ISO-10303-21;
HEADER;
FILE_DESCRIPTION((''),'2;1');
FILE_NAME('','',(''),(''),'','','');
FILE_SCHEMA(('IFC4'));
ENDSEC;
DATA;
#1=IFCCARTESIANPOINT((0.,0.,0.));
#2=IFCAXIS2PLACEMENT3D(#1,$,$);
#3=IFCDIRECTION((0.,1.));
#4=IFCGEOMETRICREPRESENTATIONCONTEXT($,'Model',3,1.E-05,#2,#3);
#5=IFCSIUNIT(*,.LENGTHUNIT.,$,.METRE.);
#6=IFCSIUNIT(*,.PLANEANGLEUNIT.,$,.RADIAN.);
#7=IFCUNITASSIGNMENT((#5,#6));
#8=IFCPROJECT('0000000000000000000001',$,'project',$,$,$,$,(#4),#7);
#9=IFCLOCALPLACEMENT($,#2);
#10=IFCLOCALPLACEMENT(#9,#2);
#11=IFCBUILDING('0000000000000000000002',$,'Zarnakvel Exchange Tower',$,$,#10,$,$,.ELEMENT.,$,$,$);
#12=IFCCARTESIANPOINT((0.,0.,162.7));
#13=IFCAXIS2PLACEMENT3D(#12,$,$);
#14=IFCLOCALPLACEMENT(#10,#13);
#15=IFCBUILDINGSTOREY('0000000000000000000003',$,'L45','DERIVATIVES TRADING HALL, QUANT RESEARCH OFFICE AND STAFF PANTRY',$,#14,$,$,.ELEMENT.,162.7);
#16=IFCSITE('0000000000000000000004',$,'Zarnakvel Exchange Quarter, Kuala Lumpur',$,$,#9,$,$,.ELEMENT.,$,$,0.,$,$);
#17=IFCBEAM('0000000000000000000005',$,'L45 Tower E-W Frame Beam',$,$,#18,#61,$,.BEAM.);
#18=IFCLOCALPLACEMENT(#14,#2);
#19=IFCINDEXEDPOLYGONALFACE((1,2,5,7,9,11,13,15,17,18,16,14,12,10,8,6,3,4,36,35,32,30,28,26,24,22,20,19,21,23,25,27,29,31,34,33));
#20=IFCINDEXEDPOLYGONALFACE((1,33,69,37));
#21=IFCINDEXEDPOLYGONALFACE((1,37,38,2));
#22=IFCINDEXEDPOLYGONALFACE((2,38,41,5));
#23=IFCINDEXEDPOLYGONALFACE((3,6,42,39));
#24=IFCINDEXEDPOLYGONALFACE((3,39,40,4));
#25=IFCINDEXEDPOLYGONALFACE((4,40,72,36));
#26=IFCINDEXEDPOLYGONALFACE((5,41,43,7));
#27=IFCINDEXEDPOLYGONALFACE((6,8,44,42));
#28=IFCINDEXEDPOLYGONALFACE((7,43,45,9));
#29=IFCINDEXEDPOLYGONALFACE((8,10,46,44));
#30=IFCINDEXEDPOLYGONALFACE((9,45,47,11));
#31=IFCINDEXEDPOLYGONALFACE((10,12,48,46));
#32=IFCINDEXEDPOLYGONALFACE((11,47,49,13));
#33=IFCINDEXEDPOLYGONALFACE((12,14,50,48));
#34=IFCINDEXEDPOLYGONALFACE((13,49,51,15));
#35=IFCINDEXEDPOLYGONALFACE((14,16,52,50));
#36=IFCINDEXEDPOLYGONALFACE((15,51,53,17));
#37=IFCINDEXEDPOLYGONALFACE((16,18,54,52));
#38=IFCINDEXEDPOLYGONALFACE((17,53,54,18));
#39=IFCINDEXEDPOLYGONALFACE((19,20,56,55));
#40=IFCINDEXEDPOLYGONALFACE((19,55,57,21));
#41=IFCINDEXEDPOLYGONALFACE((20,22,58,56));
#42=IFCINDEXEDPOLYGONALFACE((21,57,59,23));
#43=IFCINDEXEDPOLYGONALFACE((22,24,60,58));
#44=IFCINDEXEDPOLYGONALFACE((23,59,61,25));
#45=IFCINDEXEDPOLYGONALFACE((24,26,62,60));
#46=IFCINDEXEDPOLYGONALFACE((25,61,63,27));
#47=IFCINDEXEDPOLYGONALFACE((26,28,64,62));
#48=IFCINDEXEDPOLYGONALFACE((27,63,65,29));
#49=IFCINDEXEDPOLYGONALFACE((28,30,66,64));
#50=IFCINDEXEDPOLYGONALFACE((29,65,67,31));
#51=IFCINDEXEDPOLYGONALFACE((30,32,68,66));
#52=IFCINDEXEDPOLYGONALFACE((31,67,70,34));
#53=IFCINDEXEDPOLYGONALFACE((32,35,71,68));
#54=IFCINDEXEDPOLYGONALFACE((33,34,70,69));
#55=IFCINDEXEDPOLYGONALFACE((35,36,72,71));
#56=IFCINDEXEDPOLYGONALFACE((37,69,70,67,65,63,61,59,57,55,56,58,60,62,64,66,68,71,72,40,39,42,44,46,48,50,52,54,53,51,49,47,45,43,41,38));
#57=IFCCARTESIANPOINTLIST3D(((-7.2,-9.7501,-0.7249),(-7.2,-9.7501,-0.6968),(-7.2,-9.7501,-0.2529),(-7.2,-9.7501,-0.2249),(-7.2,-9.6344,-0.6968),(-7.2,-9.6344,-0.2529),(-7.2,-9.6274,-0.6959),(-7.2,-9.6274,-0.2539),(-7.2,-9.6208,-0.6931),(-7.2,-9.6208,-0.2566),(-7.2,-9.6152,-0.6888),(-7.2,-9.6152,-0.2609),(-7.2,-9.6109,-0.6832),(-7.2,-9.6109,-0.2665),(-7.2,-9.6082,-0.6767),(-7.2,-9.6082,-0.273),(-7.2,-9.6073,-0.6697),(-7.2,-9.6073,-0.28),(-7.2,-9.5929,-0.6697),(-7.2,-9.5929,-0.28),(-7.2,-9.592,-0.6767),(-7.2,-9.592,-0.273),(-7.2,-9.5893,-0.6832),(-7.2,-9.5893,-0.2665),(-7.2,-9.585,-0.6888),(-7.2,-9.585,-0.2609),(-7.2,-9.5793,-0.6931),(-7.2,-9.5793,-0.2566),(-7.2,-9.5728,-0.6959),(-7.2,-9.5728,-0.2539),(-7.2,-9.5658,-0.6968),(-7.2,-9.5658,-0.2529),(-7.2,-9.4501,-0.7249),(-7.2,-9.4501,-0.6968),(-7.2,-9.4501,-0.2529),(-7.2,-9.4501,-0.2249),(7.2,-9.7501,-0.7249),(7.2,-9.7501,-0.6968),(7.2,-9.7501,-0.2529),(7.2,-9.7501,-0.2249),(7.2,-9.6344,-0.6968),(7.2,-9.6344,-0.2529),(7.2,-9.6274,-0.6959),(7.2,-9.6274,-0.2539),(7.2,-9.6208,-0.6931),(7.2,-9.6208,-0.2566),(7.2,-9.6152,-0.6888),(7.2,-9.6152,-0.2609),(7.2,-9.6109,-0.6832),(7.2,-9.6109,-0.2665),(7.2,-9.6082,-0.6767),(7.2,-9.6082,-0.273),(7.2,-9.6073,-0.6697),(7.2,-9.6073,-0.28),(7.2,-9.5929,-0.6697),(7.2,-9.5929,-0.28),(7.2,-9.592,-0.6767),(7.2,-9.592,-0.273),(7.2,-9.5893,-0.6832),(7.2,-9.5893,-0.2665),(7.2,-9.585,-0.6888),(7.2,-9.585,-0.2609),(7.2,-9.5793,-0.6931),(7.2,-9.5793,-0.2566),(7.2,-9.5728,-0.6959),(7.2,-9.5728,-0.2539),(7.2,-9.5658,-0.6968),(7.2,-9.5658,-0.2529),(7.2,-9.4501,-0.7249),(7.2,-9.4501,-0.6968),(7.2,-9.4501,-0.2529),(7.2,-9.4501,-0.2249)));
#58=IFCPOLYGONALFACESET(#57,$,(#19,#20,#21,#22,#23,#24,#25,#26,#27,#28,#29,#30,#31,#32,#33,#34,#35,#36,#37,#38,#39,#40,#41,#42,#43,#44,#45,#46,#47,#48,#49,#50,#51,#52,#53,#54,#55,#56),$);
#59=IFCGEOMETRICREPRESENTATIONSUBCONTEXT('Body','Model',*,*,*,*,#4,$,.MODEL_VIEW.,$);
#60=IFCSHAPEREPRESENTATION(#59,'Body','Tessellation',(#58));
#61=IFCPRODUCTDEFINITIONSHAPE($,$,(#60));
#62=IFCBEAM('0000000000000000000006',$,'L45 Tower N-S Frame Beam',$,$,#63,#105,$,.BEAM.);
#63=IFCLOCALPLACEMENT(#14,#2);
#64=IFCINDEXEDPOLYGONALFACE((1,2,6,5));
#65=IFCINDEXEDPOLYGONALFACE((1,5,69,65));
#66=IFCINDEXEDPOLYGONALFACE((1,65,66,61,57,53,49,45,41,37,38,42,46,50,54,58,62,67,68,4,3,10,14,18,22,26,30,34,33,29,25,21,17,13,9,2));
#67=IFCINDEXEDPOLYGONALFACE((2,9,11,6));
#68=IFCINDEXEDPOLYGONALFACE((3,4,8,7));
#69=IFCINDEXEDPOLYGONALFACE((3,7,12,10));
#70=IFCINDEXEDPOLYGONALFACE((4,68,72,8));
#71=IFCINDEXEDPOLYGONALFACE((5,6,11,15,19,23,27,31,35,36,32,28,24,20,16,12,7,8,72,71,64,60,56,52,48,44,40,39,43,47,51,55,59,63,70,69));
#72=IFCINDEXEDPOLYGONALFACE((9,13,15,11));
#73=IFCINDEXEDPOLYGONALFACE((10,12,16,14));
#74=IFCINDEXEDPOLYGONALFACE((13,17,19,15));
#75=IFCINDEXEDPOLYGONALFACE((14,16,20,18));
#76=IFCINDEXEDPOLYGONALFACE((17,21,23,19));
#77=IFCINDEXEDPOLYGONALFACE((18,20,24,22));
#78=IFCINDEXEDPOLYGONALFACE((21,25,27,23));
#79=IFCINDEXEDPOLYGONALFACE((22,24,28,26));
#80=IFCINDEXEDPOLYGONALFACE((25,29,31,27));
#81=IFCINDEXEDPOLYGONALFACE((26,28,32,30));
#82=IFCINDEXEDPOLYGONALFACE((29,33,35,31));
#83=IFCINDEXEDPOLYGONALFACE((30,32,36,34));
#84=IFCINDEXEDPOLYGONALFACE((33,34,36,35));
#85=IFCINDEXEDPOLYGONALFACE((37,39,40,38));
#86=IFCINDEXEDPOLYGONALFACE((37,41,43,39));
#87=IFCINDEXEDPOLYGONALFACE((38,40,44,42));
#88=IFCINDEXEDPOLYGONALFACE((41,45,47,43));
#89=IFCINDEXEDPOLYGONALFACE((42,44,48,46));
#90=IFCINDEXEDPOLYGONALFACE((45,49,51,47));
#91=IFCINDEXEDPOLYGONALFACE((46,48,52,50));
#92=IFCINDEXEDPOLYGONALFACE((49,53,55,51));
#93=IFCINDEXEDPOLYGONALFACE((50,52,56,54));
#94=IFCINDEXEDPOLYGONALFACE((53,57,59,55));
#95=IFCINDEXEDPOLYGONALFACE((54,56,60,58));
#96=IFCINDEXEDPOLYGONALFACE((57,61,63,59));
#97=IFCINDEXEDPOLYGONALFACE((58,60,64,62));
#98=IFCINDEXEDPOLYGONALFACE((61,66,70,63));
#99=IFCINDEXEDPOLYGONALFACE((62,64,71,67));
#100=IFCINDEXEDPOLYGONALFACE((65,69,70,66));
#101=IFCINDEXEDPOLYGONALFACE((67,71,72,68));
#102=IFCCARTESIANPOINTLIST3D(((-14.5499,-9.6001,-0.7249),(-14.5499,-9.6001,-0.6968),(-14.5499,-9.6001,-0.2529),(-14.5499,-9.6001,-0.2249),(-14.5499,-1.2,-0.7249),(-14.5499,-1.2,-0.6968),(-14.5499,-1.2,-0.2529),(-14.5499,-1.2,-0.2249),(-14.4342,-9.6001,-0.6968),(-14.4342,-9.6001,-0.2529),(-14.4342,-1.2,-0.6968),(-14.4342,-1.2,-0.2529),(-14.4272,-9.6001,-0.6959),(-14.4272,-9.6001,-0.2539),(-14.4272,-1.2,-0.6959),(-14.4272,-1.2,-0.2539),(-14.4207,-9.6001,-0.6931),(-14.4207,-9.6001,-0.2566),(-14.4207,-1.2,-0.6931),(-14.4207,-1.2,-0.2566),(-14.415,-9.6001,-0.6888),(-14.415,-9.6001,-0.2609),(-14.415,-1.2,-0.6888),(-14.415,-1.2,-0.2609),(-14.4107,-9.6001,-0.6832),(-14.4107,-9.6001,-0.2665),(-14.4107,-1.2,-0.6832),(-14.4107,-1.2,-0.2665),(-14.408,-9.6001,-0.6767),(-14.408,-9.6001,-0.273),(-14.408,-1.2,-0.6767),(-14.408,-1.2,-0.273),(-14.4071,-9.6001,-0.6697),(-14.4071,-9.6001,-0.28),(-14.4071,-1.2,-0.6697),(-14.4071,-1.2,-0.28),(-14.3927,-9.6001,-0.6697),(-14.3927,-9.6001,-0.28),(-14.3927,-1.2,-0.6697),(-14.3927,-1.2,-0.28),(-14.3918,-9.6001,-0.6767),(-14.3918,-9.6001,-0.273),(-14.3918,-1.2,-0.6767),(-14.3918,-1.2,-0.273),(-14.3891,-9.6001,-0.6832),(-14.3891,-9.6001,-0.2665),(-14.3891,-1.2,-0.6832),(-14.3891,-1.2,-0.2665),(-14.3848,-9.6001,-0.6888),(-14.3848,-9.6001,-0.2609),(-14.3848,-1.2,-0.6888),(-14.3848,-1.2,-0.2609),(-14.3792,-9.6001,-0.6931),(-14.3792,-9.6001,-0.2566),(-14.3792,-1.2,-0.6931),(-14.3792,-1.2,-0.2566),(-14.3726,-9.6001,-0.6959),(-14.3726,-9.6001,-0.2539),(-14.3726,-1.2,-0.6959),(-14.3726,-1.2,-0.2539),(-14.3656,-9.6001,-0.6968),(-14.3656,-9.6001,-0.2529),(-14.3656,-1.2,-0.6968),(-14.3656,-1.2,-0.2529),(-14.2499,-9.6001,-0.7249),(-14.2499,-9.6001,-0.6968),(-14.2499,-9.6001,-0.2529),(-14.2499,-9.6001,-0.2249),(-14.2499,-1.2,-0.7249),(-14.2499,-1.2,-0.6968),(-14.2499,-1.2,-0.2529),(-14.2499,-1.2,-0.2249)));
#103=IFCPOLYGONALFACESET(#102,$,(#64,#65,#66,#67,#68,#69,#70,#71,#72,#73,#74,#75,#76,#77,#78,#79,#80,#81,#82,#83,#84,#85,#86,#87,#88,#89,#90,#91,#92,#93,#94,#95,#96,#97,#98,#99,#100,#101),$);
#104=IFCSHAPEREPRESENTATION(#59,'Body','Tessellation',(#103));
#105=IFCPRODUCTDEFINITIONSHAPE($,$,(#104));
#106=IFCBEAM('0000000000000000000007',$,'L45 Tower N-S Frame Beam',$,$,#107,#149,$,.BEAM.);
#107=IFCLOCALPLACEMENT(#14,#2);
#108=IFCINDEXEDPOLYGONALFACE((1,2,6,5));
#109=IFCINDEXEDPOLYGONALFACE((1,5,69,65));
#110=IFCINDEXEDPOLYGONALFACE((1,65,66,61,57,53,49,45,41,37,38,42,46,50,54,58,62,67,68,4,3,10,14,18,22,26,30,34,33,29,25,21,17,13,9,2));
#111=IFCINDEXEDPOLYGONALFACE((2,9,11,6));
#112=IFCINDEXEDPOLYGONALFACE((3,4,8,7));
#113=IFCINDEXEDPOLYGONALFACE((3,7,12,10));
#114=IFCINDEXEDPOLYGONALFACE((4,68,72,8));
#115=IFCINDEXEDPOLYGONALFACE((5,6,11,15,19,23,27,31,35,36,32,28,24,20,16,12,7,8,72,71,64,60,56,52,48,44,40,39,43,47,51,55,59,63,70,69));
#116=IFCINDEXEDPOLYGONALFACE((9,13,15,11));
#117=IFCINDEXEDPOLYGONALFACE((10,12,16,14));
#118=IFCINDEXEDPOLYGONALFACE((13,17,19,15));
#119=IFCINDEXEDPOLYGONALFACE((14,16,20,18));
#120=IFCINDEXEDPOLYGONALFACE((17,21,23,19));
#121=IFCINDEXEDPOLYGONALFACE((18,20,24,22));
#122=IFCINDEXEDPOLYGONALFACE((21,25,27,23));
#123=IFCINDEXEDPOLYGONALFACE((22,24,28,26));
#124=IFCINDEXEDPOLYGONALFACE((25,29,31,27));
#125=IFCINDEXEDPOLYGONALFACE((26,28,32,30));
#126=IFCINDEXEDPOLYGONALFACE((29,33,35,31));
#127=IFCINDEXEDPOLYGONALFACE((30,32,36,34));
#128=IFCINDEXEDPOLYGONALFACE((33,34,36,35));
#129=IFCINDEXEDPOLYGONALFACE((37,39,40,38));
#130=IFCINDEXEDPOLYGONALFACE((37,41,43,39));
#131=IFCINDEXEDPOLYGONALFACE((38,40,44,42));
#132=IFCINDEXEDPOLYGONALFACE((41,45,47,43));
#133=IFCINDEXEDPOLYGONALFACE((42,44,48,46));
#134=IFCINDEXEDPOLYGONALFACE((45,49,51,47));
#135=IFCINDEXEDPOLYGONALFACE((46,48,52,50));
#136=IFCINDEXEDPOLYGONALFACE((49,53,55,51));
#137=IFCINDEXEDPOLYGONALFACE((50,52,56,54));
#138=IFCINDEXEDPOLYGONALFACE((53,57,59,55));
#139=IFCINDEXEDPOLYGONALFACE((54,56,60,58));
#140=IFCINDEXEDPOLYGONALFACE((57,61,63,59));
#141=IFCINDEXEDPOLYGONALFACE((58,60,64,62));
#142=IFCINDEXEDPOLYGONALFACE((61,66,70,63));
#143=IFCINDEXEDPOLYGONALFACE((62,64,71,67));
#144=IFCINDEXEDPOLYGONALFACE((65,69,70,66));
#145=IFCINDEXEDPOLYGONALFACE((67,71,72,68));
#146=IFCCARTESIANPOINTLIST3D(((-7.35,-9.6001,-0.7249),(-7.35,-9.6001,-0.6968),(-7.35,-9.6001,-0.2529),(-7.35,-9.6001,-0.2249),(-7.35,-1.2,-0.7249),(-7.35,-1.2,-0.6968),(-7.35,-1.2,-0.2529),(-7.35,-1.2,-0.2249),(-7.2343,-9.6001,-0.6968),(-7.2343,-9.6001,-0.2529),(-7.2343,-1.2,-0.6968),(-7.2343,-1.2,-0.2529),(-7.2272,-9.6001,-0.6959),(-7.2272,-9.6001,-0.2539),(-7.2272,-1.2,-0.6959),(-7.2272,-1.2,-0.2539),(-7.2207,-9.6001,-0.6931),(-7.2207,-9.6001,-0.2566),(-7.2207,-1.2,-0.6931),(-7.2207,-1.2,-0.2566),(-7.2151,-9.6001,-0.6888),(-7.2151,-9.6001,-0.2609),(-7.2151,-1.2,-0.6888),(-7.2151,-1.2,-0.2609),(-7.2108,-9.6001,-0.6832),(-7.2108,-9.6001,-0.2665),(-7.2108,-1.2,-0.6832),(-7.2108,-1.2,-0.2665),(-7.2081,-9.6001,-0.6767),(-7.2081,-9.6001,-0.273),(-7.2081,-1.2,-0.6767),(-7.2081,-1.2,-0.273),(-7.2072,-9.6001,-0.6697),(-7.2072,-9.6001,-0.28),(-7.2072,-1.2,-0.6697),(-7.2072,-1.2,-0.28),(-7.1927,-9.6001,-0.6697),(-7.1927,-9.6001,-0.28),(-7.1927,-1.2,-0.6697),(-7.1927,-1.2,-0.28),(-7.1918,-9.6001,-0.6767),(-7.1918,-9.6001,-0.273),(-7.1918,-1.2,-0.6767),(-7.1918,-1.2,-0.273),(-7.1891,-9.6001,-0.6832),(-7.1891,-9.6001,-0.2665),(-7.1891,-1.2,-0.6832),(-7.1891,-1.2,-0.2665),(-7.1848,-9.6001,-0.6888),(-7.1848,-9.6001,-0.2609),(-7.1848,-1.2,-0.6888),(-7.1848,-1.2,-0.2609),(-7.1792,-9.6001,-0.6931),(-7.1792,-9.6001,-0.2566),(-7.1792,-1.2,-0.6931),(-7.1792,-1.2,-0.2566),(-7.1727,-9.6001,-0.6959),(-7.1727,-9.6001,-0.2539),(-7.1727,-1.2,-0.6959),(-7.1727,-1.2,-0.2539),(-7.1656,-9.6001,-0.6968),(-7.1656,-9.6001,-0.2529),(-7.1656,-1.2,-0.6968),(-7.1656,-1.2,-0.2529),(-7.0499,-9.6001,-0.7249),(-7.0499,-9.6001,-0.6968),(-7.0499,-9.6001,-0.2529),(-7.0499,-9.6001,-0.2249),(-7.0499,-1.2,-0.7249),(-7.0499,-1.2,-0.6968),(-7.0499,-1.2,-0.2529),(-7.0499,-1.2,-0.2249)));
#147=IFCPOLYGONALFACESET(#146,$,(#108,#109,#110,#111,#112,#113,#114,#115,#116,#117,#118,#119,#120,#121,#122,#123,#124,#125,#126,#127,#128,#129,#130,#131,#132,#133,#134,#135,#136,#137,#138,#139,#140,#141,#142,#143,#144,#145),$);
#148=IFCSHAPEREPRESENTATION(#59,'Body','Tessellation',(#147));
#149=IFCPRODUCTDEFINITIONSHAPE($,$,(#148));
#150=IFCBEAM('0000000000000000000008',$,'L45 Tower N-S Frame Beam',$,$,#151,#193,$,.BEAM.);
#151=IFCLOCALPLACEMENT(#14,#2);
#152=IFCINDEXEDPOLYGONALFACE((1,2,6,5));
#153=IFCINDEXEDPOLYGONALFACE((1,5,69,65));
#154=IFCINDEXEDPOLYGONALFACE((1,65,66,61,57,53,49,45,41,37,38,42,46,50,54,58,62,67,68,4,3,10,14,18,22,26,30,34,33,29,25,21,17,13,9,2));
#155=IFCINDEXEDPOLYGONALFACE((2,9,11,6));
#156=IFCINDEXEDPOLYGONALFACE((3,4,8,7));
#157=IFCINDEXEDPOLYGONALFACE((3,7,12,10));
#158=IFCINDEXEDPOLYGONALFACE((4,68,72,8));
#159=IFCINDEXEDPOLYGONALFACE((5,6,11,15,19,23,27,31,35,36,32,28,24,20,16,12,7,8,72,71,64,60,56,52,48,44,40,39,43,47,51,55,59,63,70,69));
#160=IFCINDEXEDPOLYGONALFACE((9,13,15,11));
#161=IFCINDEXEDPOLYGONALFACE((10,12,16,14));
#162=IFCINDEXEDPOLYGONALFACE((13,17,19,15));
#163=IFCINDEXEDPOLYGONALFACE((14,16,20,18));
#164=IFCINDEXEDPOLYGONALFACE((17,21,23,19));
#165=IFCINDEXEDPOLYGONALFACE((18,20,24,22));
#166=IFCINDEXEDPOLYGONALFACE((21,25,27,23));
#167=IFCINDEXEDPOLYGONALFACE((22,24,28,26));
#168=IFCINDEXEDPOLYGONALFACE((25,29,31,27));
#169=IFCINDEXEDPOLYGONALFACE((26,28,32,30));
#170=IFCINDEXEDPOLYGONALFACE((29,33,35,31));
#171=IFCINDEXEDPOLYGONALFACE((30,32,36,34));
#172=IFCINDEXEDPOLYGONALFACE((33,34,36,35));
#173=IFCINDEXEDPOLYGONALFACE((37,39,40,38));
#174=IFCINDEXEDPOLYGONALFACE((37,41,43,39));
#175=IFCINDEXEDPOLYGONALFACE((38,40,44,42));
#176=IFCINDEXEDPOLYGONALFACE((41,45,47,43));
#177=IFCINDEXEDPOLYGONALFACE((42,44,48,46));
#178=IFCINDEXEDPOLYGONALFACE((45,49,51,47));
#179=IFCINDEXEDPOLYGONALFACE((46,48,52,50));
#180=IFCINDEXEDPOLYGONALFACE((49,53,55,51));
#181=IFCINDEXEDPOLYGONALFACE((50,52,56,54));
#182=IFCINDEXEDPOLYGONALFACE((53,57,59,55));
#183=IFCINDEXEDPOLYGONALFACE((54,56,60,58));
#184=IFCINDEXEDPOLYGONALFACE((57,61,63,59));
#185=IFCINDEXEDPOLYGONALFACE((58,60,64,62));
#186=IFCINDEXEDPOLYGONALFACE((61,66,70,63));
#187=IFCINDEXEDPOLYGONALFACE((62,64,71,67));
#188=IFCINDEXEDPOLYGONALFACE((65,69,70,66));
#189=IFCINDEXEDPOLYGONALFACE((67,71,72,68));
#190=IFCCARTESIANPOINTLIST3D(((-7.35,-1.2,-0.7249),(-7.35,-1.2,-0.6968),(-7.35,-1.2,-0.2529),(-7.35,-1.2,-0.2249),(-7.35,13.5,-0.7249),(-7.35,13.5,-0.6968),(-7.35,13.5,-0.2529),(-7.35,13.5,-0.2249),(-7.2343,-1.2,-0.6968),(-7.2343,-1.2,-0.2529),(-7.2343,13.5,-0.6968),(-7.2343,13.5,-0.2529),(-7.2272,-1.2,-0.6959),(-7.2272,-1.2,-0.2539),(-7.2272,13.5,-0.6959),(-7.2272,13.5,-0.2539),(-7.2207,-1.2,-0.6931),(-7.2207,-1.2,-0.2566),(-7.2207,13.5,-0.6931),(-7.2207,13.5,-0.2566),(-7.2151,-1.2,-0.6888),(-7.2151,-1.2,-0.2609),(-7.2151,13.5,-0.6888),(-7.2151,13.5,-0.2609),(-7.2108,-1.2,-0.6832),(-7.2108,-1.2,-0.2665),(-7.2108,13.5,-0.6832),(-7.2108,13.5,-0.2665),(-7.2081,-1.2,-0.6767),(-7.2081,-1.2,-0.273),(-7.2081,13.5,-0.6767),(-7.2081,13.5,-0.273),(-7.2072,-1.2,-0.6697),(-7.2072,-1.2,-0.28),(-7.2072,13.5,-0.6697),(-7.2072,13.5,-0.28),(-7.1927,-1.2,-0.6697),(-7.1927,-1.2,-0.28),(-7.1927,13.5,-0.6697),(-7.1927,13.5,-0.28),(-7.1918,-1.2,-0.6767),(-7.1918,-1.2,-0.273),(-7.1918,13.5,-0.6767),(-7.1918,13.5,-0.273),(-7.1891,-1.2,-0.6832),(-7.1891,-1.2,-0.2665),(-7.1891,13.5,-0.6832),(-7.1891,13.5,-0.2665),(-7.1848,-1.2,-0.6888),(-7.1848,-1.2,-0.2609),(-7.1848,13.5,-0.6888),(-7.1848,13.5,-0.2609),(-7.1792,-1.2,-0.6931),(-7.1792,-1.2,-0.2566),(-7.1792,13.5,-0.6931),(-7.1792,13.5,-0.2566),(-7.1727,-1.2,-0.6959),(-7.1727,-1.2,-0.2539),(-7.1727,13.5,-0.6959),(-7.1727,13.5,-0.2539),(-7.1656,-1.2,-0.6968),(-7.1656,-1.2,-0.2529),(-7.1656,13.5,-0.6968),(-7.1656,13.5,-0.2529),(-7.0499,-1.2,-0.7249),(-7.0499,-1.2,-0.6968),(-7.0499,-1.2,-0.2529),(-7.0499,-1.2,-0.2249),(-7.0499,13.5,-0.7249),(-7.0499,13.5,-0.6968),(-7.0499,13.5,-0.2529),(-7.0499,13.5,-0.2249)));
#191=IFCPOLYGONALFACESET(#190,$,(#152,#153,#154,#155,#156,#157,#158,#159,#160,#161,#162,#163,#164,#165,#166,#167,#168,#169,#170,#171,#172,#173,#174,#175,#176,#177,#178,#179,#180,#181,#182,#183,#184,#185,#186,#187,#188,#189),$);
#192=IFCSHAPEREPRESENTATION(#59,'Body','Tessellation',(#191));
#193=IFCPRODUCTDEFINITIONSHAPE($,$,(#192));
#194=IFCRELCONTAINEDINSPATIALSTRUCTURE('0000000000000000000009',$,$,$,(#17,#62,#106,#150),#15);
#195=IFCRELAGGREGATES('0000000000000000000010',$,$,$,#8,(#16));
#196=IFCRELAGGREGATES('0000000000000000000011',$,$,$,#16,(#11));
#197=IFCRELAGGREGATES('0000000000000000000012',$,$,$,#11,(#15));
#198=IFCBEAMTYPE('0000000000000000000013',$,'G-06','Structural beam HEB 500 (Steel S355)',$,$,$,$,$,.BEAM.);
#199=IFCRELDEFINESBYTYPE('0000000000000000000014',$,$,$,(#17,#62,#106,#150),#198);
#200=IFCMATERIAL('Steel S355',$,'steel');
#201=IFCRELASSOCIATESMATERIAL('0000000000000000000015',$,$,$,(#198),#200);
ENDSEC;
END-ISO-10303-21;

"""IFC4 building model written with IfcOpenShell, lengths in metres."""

from ifc_helpers import new_model, si_unit, direction, frame, origin, origin_2d, place, context, subcontext, project, spatial, i_section, extrude, material, material_profile, profile_set, type_object, element, save


model = new_model("IFC4")

# Units and contexts
model_context = context("Model", 3, precision=1e-05, world=origin(), true_north=direction((0.0, 1.0)))
body_context = subcontext(model_context, "Body", "Model", "MODEL_VIEW")
ifc_project = project(units=[si_unit("LENGTHUNIT", "METRE"), si_unit("PLANEANGLEUNIT", "RADIAN")], contexts=[model_context])

# Site, building, storey
site_placement = place(None, origin())
site = spatial("IfcSite", under=ifc_project, at=site_placement, Name="Zarnakvel Exchange Quarter, Kuala Lumpur", CompositionType="ELEMENT", RefElevation=0.0)
building_placement = place(site_placement, origin())
building = spatial("IfcBuilding", under=site, at=building_placement, Name="Zarnakvel Exchange Tower", CompositionType="ELEMENT")
storey_placement = place(building_placement, frame((0.0, 0.0, 162.7)))
storey = spatial("IfcBuildingStorey", under=building, at=storey_placement, Name="L45", Description="DERIVATIVES TRADING HALL, QUANT RESEARCH OFFICE AND STAFF PANTRY", CompositionType="ELEMENT", Elevation=162.7)

# Beams
ifc_material_1 = material(Name="Steel S355", Category="steel")
ifc_material_profile_1 = material_profile(ifc_material_1, i_section(OverallWidth=0.3, OverallDepth=0.5, WebThickness=0.0144, FlangeThickness=0.0281, FilletRadius=0.0271, at=origin_2d()))
ifc_profile_set_1 = profile_set([ifc_material_profile_1], Name="Steel S355")
beam_type_1 = type_object("IfcBeamType", Name="G-06", Description="Structural beam HEB 500 (Steel S355)", PredefinedType="BEAM", material=ifc_profile_set_1)
beam_1_placement = place(storey_placement, frame((-7.2, -9.6001, -0.4749), z_axis=(1.0, 0.0, 0.0), x_axis=(0.0, 1.0, 0.0)))
element("IfcBeam", 1, at=beam_1_placement, inside=storey, type_object=beam_type_1, Name="L45 Tower E-W Frame Beam", PredefinedType="BEAM", context=body_context, shape_type="SweptSolid", body=[
    extrude(i_section(OverallWidth=0.3, OverallDepth=0.5, WebThickness=0.0144, FlangeThickness=0.0281, FilletRadius=0.0271, at=origin_2d()), origin(), (0.0, 0.0, 1.0), 14.3999),
])
for number, where, z_axis, x_axis, name in (
    (2, (-14.3999, -9.6001, -0.4749), (0.0, 1.0, 0.0), (-1.0, 0.0, 0.0), "L45 Tower N-S Frame Beam"),
    (3, (-7.2, -9.6001, -0.4749), (0.0, 1.0, 0.0), (-1.0, 0.0, 0.0), "L45 Tower N-S Frame Beam"),
):
    element("IfcBeam", number, at=place(storey_placement, frame(where, z_axis=z_axis, x_axis=x_axis)), inside=storey, type_object=beam_type_1, Name=name, PredefinedType="BEAM", context=body_context, shape_type="SweptSolid", body=[
        extrude(i_section(OverallWidth=0.3, OverallDepth=0.5, WebThickness=0.0144, FlangeThickness=0.0281, FilletRadius=0.0271, at=origin_2d()), origin(), (0.0, 0.0, 1.0), 8.4001),
    ])
beam_2_placement = place(storey_placement, frame((-7.2, -1.2, -0.4749), z_axis=(0.0, 1.0, 0.0), x_axis=(-1.0, 0.0, 0.0)))
element("IfcBeam", 4, at=beam_2_placement, inside=storey, type_object=beam_type_1, Name="L45 Tower N-S Frame Beam", PredefinedType="BEAM", context=body_context, shape_type="SweptSolid", body=[
    extrude(i_section(OverallWidth=0.3, OverallDepth=0.5, WebThickness=0.0144, FlangeThickness=0.0281, FilletRadius=0.0271, at=origin_2d()), origin(), (0.0, 0.0, 1.0), 14.7),
])

save(model, "model.ifc")
